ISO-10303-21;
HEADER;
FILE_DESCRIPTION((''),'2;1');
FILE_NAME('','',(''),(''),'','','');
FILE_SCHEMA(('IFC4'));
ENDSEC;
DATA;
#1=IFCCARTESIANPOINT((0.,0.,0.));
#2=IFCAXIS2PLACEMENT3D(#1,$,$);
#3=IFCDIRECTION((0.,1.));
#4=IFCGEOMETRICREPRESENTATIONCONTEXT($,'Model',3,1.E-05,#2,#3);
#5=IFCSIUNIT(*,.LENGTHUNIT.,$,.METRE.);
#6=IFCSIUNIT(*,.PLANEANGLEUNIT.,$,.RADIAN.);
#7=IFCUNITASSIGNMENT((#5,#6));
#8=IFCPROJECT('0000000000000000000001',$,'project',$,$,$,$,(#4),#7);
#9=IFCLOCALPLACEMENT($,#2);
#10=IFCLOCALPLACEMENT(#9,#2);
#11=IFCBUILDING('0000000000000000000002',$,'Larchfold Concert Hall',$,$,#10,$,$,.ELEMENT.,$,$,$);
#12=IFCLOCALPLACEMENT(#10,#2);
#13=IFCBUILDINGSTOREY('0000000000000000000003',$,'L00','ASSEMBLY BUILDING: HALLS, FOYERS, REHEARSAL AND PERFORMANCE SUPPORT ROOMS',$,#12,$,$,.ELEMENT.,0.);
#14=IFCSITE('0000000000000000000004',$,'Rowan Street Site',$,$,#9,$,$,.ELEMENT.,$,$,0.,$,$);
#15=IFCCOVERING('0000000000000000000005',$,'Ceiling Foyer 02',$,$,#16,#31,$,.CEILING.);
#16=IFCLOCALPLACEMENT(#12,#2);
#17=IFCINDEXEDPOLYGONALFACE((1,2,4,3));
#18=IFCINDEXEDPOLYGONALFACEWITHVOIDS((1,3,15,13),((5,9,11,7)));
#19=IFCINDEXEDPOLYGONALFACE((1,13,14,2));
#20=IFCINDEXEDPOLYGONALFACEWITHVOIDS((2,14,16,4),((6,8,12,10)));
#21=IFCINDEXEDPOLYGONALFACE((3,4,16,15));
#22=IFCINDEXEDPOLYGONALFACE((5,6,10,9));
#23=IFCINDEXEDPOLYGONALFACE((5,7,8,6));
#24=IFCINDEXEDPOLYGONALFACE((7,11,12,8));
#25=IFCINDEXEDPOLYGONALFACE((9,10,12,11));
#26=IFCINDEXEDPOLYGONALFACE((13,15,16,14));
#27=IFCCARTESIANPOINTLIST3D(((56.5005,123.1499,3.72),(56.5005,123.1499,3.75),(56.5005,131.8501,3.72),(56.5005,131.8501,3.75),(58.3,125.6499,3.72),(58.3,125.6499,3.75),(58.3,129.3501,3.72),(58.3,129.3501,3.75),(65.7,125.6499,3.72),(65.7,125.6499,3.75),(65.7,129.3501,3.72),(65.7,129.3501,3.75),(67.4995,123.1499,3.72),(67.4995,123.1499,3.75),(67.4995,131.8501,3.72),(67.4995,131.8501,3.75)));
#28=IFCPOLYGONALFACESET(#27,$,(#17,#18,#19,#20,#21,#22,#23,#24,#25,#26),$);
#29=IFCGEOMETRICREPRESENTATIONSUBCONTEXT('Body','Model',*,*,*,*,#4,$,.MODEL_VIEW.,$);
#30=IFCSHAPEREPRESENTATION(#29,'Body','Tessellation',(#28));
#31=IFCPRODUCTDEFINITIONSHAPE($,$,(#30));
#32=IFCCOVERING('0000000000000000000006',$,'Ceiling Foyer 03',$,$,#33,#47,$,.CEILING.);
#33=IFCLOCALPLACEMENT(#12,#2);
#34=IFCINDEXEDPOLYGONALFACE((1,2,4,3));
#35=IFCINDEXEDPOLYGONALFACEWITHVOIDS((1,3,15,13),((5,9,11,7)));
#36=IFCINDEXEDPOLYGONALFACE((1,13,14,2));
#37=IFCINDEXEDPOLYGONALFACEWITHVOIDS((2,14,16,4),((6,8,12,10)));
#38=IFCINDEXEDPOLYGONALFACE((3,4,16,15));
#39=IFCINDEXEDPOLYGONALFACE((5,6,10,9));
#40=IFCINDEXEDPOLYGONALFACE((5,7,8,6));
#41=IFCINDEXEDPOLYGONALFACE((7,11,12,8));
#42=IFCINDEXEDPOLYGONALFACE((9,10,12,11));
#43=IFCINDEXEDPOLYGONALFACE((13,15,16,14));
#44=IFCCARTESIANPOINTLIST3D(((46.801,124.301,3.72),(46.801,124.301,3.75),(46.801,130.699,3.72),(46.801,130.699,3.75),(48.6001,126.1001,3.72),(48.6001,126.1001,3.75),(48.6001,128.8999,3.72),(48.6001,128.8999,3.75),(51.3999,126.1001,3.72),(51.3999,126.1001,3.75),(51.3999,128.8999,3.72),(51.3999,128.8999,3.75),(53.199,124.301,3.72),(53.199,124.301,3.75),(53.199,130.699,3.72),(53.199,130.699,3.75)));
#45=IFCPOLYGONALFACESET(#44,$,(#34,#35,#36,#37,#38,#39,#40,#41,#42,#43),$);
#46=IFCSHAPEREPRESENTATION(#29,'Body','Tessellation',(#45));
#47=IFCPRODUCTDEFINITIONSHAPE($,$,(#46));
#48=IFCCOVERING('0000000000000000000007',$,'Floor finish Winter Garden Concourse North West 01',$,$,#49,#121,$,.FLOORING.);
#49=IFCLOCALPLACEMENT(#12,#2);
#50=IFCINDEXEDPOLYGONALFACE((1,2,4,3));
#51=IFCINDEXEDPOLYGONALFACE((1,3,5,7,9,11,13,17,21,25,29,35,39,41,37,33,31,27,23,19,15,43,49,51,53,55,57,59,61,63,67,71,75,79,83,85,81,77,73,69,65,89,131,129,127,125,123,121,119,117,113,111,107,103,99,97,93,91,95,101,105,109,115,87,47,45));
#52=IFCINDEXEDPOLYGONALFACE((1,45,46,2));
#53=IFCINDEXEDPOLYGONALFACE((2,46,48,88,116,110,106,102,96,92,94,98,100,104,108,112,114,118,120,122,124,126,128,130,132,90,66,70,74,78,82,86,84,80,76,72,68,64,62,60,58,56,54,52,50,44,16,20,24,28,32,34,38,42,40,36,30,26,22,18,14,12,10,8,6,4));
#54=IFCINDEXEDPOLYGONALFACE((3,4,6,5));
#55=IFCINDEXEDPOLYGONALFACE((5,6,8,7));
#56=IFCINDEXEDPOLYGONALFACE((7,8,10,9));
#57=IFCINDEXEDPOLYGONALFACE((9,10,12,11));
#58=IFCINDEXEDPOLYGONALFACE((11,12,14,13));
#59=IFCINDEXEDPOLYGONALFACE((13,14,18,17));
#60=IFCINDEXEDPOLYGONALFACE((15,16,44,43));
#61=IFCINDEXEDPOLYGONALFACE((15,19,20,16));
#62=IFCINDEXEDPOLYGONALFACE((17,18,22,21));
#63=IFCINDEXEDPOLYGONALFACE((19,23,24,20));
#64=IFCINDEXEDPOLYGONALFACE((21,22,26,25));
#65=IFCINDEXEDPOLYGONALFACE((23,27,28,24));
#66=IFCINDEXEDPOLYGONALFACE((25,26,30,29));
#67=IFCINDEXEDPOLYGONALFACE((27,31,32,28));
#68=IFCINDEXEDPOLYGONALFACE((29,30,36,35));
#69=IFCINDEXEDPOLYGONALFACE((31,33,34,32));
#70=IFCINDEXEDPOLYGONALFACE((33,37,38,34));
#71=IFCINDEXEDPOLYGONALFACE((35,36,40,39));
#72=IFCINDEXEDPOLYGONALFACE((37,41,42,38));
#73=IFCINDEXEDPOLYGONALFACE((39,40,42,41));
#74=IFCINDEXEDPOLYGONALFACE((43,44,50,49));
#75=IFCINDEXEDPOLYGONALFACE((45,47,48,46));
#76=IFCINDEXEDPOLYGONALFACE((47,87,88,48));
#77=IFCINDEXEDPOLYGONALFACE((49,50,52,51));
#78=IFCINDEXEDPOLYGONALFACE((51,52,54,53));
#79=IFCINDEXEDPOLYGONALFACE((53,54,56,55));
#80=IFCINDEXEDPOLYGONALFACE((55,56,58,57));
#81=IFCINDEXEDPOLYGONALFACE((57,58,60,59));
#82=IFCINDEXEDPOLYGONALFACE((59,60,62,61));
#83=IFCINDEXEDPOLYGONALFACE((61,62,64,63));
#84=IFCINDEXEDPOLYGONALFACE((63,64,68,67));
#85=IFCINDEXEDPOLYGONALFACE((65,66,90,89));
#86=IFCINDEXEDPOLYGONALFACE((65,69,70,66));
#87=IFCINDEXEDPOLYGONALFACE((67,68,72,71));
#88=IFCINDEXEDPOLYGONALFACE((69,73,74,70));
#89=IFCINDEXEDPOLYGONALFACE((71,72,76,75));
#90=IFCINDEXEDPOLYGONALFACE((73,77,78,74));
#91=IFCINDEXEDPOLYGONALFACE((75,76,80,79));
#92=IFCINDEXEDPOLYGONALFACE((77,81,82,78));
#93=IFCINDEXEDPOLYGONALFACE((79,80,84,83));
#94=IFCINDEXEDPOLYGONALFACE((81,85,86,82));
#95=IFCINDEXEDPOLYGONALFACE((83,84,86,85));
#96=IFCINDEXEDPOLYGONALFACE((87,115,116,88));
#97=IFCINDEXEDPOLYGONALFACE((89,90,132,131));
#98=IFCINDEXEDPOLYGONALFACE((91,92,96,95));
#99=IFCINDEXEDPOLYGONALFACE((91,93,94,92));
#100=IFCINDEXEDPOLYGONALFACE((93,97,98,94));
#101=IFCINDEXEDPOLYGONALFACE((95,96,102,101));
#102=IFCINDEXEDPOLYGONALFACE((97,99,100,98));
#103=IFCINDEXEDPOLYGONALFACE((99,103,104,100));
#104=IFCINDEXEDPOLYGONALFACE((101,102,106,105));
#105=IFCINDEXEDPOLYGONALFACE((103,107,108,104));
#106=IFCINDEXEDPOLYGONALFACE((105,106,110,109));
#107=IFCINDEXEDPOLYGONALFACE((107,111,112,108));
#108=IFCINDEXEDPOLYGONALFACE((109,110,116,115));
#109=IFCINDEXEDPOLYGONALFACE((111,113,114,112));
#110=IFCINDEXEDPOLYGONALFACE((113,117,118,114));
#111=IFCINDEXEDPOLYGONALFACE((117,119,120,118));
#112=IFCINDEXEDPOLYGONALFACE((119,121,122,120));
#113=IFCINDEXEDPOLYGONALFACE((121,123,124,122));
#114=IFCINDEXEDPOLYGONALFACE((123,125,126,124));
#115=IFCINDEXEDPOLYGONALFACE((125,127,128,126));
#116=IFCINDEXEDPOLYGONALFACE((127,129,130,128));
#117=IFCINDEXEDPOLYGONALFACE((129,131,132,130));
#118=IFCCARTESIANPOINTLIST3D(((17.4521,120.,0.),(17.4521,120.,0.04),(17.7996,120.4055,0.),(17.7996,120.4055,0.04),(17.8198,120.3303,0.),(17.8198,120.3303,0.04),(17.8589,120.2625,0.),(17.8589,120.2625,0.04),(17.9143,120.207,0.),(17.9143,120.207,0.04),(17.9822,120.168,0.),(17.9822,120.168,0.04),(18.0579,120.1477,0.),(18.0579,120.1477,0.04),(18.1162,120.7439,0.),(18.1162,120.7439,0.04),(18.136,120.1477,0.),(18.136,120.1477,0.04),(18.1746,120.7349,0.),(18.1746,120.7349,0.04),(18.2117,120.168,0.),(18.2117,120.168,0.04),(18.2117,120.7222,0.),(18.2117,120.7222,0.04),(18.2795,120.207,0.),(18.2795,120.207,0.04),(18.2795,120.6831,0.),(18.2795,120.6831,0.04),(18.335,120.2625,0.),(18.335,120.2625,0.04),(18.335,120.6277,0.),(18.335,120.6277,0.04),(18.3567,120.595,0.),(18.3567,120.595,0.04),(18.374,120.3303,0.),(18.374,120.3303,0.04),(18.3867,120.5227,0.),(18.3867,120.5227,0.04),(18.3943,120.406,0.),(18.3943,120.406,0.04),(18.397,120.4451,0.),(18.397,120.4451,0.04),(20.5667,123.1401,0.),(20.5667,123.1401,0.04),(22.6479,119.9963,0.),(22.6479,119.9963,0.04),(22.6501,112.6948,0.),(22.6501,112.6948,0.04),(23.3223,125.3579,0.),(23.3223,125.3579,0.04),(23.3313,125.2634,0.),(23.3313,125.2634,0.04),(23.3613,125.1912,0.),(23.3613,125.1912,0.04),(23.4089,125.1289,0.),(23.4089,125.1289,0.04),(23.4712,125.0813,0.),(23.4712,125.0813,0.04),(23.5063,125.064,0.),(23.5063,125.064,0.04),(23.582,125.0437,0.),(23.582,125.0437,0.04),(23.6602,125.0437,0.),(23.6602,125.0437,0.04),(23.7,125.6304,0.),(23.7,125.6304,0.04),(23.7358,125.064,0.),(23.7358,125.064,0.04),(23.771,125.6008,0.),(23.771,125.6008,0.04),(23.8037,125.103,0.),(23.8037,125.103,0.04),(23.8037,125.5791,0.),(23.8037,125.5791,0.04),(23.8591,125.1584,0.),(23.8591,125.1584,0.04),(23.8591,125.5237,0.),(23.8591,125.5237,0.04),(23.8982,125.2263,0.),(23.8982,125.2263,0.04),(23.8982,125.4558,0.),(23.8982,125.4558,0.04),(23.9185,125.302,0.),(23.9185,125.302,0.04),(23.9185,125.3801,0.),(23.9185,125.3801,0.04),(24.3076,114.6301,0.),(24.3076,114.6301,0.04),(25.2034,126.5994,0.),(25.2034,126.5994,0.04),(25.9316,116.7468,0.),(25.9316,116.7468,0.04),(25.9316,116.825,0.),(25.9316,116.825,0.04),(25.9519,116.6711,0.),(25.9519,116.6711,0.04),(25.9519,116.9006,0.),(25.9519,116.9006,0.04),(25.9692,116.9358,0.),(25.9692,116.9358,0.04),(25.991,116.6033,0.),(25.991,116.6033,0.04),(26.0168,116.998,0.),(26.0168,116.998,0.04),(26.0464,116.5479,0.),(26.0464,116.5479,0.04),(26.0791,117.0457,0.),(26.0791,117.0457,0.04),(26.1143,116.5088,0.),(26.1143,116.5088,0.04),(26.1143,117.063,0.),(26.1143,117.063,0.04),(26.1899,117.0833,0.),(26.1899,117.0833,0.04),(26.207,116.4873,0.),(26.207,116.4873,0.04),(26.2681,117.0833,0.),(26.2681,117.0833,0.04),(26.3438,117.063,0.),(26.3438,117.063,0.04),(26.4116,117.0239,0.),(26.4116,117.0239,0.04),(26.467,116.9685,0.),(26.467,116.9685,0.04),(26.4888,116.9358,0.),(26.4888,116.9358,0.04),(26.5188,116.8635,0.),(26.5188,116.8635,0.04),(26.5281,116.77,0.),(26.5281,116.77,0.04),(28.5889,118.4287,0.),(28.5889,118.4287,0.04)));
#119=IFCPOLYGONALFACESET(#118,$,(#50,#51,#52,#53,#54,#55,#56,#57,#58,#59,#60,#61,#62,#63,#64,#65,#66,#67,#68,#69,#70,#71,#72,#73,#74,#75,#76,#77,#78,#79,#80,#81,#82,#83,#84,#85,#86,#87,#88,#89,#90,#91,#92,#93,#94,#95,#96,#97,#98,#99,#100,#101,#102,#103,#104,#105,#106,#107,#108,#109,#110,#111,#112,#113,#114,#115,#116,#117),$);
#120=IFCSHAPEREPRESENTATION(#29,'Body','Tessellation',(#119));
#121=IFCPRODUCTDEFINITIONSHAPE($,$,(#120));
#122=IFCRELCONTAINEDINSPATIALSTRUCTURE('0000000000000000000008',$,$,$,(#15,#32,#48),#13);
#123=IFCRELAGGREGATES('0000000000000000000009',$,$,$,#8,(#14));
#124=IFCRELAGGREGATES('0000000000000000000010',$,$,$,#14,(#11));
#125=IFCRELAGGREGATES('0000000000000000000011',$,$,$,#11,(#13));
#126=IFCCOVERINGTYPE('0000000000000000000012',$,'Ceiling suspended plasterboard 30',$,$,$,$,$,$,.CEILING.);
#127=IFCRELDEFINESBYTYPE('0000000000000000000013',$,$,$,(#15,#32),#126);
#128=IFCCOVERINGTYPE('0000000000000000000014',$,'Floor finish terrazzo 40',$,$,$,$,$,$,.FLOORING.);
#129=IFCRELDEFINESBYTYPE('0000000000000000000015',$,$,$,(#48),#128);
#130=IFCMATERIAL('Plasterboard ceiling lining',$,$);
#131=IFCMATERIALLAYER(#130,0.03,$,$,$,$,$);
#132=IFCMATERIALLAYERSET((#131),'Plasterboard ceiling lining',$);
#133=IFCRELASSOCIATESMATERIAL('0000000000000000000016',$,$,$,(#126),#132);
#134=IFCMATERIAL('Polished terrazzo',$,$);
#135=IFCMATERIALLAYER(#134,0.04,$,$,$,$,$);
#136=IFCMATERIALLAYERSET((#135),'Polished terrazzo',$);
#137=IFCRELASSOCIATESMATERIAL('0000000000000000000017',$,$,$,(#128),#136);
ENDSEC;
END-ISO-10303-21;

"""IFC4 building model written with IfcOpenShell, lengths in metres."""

from ifc_helpers import new_model, si_unit, direction, frame, origin, place, context, subcontext, project, spatial, polyline, outline, extrude, material, layer, layer_set, type_object, element, save


model = new_model("IFC4")

# Units and contexts
model_context = context("Model", 3, precision=1e-05, world=origin(), true_north=direction((0.0, 1.0)))
body_context = subcontext(model_context, "Body", "Model", "MODEL_VIEW")
ifc_project = project(units=[si_unit("LENGTHUNIT", "METRE"), si_unit("PLANEANGLEUNIT", "RADIAN")], contexts=[model_context])

# Site, building, storey
site_placement = place(None, origin())
site = spatial("IfcSite", under=ifc_project, at=site_placement, Name="Rowan Street Site", CompositionType="ELEMENT", RefElevation=0.0)
building_placement = place(site_placement, origin())
building = spatial("IfcBuilding", under=site, at=building_placement, Name="Larchfold Concert Hall", CompositionType="ELEMENT")
storey_placement = place(building_placement, origin())
storey = spatial("IfcBuildingStorey", under=building, at=storey_placement, Name="L00", Description="ASSEMBLY BUILDING: HALLS, FOYERS, REHEARSAL AND PERFORMANCE SUPPORT ROOMS", CompositionType="ELEMENT", Elevation=0.0)

# Coverings
ifc_material_1 = material(Name="Plasterboard ceiling lining")
ifc_layer_1 = layer(ifc_material_1, 0.03)
ifc_layer_set_1 = layer_set([ifc_layer_1], Name="Plasterboard ceiling lining")
covering_type_1 = type_object("IfcCoveringType", Name="Ceiling suspended plasterboard 30", PredefinedType="CEILING", material=ifc_layer_set_1)
covering_1_placement = place(storey_placement, frame((0.0, 0.0, 3.72)))
element("IfcCovering", 1, at=covering_1_placement, inside=storey, type_object=covering_type_1, Name="Ceiling Foyer 02", PredefinedType="CEILING", context=body_context, shape_type="SweptSolid", body=[
    extrude(outline(polyline([(67.4995, 131.8501), (56.5005, 131.8501), (56.5005, 123.1499), (67.4995, 123.1499), (67.4995, 131.8501)]), holes=[polyline([(65.7, 125.6499), (58.3, 125.6499), (58.3, 129.3501), (65.7, 129.3501), (65.7, 125.6499)])]), origin(), (0.0, 0.0, 1.0), 0.03),
])
covering_2_placement = place(storey_placement, frame((0.0, 0.0, 3.72)))
element("IfcCovering", 2, at=covering_2_placement, inside=storey, type_object=covering_type_1, Name="Ceiling Foyer 03", PredefinedType="CEILING", context=body_context, shape_type="SweptSolid", body=[
    extrude(outline(polyline([(53.199, 130.699), (46.801, 130.699), (46.801, 124.301), (53.199, 124.301), (53.199, 130.699)]), holes=[polyline([(48.6001, 128.8999), (51.3999, 128.8999), (51.3999, 126.1001), (48.6001, 126.1001), (48.6001, 128.8999)])]), origin(), (0.0, 0.0, 1.0), 0.03),
])
ifc_material_2 = material(Name="Polished terrazzo")
ifc_layer_2 = layer(ifc_material_2, 0.04)
ifc_layer_set_2 = layer_set([ifc_layer_2], Name="Polished terrazzo")
covering_type_2 = type_object("IfcCoveringType", Name="Floor finish terrazzo 40", PredefinedType="FLOORING", material=ifc_layer_set_2)
covering_3_placement = place(storey_placement, origin())
element("IfcCovering", 3, at=covering_3_placement, inside=storey, type_object=covering_type_2, Name="Floor finish Winter Garden Concourse North West 01", PredefinedType="FLOORING", context=body_context, shape_type="SweptSolid", body=[
    extrude(outline(polyline([(17.7996, 120.4055), (17.4521, 120.0), (22.6479, 119.9963), (22.6501, 112.6948), (24.3076, 114.6301), (26.207, 116.4873), (26.1143, 116.5088), (26.0464, 116.5479), (25.991, 116.6033), (25.9519, 116.6711), (25.9316, 116.7468), (25.9316, 116.825), (25.9519, 116.9006), (25.9692, 116.9358), (26.0168, 116.998), (26.0791, 117.0457), (26.1143, 117.063), (26.1899, 117.0833), (26.2681, 117.0833), (26.3438, 117.063), (26.4116, 117.0239), (26.467, 116.9685), (26.4888, 116.9358), (26.5188, 116.8635), (26.5281, 116.77), (28.5889, 118.4287), (25.2034, 126.5994), (23.7, 125.6304), (23.771, 125.6008), (23.8037, 125.5791), (23.8591, 125.5237), (23.8982, 125.4558), (23.9185, 125.3801), (23.9185, 125.302), (23.8982, 125.2263), (23.8591, 125.1584), (23.8037, 125.103), (23.7358, 125.064), (23.6602, 125.0437), (23.582, 125.0437), (23.5063, 125.064), (23.4712, 125.0813), (23.4089, 125.1289), (23.3613, 125.1912), (23.3313, 125.2634), (23.3223, 125.3579), (20.5667, 123.1401), (18.1162, 120.7439), (18.1746, 120.7349), (18.2117, 120.7222), (18.2795, 120.6831), (18.335, 120.6277), (18.3567, 120.595), (18.3867, 120.5227), (18.397, 120.4451), (18.3943, 120.406), (18.374, 120.3303), (18.335, 120.2625), (18.2795, 120.207), (18.2117, 120.168), (18.136, 120.1477), (18.0579, 120.1477), (17.9822, 120.168), (17.9143, 120.207), (17.8589, 120.2625), (17.8198, 120.3303), (17.7996, 120.4055)])), origin(), (0.0, 0.0, 1.0), 0.04),
])

save(model, "model.ifc")
